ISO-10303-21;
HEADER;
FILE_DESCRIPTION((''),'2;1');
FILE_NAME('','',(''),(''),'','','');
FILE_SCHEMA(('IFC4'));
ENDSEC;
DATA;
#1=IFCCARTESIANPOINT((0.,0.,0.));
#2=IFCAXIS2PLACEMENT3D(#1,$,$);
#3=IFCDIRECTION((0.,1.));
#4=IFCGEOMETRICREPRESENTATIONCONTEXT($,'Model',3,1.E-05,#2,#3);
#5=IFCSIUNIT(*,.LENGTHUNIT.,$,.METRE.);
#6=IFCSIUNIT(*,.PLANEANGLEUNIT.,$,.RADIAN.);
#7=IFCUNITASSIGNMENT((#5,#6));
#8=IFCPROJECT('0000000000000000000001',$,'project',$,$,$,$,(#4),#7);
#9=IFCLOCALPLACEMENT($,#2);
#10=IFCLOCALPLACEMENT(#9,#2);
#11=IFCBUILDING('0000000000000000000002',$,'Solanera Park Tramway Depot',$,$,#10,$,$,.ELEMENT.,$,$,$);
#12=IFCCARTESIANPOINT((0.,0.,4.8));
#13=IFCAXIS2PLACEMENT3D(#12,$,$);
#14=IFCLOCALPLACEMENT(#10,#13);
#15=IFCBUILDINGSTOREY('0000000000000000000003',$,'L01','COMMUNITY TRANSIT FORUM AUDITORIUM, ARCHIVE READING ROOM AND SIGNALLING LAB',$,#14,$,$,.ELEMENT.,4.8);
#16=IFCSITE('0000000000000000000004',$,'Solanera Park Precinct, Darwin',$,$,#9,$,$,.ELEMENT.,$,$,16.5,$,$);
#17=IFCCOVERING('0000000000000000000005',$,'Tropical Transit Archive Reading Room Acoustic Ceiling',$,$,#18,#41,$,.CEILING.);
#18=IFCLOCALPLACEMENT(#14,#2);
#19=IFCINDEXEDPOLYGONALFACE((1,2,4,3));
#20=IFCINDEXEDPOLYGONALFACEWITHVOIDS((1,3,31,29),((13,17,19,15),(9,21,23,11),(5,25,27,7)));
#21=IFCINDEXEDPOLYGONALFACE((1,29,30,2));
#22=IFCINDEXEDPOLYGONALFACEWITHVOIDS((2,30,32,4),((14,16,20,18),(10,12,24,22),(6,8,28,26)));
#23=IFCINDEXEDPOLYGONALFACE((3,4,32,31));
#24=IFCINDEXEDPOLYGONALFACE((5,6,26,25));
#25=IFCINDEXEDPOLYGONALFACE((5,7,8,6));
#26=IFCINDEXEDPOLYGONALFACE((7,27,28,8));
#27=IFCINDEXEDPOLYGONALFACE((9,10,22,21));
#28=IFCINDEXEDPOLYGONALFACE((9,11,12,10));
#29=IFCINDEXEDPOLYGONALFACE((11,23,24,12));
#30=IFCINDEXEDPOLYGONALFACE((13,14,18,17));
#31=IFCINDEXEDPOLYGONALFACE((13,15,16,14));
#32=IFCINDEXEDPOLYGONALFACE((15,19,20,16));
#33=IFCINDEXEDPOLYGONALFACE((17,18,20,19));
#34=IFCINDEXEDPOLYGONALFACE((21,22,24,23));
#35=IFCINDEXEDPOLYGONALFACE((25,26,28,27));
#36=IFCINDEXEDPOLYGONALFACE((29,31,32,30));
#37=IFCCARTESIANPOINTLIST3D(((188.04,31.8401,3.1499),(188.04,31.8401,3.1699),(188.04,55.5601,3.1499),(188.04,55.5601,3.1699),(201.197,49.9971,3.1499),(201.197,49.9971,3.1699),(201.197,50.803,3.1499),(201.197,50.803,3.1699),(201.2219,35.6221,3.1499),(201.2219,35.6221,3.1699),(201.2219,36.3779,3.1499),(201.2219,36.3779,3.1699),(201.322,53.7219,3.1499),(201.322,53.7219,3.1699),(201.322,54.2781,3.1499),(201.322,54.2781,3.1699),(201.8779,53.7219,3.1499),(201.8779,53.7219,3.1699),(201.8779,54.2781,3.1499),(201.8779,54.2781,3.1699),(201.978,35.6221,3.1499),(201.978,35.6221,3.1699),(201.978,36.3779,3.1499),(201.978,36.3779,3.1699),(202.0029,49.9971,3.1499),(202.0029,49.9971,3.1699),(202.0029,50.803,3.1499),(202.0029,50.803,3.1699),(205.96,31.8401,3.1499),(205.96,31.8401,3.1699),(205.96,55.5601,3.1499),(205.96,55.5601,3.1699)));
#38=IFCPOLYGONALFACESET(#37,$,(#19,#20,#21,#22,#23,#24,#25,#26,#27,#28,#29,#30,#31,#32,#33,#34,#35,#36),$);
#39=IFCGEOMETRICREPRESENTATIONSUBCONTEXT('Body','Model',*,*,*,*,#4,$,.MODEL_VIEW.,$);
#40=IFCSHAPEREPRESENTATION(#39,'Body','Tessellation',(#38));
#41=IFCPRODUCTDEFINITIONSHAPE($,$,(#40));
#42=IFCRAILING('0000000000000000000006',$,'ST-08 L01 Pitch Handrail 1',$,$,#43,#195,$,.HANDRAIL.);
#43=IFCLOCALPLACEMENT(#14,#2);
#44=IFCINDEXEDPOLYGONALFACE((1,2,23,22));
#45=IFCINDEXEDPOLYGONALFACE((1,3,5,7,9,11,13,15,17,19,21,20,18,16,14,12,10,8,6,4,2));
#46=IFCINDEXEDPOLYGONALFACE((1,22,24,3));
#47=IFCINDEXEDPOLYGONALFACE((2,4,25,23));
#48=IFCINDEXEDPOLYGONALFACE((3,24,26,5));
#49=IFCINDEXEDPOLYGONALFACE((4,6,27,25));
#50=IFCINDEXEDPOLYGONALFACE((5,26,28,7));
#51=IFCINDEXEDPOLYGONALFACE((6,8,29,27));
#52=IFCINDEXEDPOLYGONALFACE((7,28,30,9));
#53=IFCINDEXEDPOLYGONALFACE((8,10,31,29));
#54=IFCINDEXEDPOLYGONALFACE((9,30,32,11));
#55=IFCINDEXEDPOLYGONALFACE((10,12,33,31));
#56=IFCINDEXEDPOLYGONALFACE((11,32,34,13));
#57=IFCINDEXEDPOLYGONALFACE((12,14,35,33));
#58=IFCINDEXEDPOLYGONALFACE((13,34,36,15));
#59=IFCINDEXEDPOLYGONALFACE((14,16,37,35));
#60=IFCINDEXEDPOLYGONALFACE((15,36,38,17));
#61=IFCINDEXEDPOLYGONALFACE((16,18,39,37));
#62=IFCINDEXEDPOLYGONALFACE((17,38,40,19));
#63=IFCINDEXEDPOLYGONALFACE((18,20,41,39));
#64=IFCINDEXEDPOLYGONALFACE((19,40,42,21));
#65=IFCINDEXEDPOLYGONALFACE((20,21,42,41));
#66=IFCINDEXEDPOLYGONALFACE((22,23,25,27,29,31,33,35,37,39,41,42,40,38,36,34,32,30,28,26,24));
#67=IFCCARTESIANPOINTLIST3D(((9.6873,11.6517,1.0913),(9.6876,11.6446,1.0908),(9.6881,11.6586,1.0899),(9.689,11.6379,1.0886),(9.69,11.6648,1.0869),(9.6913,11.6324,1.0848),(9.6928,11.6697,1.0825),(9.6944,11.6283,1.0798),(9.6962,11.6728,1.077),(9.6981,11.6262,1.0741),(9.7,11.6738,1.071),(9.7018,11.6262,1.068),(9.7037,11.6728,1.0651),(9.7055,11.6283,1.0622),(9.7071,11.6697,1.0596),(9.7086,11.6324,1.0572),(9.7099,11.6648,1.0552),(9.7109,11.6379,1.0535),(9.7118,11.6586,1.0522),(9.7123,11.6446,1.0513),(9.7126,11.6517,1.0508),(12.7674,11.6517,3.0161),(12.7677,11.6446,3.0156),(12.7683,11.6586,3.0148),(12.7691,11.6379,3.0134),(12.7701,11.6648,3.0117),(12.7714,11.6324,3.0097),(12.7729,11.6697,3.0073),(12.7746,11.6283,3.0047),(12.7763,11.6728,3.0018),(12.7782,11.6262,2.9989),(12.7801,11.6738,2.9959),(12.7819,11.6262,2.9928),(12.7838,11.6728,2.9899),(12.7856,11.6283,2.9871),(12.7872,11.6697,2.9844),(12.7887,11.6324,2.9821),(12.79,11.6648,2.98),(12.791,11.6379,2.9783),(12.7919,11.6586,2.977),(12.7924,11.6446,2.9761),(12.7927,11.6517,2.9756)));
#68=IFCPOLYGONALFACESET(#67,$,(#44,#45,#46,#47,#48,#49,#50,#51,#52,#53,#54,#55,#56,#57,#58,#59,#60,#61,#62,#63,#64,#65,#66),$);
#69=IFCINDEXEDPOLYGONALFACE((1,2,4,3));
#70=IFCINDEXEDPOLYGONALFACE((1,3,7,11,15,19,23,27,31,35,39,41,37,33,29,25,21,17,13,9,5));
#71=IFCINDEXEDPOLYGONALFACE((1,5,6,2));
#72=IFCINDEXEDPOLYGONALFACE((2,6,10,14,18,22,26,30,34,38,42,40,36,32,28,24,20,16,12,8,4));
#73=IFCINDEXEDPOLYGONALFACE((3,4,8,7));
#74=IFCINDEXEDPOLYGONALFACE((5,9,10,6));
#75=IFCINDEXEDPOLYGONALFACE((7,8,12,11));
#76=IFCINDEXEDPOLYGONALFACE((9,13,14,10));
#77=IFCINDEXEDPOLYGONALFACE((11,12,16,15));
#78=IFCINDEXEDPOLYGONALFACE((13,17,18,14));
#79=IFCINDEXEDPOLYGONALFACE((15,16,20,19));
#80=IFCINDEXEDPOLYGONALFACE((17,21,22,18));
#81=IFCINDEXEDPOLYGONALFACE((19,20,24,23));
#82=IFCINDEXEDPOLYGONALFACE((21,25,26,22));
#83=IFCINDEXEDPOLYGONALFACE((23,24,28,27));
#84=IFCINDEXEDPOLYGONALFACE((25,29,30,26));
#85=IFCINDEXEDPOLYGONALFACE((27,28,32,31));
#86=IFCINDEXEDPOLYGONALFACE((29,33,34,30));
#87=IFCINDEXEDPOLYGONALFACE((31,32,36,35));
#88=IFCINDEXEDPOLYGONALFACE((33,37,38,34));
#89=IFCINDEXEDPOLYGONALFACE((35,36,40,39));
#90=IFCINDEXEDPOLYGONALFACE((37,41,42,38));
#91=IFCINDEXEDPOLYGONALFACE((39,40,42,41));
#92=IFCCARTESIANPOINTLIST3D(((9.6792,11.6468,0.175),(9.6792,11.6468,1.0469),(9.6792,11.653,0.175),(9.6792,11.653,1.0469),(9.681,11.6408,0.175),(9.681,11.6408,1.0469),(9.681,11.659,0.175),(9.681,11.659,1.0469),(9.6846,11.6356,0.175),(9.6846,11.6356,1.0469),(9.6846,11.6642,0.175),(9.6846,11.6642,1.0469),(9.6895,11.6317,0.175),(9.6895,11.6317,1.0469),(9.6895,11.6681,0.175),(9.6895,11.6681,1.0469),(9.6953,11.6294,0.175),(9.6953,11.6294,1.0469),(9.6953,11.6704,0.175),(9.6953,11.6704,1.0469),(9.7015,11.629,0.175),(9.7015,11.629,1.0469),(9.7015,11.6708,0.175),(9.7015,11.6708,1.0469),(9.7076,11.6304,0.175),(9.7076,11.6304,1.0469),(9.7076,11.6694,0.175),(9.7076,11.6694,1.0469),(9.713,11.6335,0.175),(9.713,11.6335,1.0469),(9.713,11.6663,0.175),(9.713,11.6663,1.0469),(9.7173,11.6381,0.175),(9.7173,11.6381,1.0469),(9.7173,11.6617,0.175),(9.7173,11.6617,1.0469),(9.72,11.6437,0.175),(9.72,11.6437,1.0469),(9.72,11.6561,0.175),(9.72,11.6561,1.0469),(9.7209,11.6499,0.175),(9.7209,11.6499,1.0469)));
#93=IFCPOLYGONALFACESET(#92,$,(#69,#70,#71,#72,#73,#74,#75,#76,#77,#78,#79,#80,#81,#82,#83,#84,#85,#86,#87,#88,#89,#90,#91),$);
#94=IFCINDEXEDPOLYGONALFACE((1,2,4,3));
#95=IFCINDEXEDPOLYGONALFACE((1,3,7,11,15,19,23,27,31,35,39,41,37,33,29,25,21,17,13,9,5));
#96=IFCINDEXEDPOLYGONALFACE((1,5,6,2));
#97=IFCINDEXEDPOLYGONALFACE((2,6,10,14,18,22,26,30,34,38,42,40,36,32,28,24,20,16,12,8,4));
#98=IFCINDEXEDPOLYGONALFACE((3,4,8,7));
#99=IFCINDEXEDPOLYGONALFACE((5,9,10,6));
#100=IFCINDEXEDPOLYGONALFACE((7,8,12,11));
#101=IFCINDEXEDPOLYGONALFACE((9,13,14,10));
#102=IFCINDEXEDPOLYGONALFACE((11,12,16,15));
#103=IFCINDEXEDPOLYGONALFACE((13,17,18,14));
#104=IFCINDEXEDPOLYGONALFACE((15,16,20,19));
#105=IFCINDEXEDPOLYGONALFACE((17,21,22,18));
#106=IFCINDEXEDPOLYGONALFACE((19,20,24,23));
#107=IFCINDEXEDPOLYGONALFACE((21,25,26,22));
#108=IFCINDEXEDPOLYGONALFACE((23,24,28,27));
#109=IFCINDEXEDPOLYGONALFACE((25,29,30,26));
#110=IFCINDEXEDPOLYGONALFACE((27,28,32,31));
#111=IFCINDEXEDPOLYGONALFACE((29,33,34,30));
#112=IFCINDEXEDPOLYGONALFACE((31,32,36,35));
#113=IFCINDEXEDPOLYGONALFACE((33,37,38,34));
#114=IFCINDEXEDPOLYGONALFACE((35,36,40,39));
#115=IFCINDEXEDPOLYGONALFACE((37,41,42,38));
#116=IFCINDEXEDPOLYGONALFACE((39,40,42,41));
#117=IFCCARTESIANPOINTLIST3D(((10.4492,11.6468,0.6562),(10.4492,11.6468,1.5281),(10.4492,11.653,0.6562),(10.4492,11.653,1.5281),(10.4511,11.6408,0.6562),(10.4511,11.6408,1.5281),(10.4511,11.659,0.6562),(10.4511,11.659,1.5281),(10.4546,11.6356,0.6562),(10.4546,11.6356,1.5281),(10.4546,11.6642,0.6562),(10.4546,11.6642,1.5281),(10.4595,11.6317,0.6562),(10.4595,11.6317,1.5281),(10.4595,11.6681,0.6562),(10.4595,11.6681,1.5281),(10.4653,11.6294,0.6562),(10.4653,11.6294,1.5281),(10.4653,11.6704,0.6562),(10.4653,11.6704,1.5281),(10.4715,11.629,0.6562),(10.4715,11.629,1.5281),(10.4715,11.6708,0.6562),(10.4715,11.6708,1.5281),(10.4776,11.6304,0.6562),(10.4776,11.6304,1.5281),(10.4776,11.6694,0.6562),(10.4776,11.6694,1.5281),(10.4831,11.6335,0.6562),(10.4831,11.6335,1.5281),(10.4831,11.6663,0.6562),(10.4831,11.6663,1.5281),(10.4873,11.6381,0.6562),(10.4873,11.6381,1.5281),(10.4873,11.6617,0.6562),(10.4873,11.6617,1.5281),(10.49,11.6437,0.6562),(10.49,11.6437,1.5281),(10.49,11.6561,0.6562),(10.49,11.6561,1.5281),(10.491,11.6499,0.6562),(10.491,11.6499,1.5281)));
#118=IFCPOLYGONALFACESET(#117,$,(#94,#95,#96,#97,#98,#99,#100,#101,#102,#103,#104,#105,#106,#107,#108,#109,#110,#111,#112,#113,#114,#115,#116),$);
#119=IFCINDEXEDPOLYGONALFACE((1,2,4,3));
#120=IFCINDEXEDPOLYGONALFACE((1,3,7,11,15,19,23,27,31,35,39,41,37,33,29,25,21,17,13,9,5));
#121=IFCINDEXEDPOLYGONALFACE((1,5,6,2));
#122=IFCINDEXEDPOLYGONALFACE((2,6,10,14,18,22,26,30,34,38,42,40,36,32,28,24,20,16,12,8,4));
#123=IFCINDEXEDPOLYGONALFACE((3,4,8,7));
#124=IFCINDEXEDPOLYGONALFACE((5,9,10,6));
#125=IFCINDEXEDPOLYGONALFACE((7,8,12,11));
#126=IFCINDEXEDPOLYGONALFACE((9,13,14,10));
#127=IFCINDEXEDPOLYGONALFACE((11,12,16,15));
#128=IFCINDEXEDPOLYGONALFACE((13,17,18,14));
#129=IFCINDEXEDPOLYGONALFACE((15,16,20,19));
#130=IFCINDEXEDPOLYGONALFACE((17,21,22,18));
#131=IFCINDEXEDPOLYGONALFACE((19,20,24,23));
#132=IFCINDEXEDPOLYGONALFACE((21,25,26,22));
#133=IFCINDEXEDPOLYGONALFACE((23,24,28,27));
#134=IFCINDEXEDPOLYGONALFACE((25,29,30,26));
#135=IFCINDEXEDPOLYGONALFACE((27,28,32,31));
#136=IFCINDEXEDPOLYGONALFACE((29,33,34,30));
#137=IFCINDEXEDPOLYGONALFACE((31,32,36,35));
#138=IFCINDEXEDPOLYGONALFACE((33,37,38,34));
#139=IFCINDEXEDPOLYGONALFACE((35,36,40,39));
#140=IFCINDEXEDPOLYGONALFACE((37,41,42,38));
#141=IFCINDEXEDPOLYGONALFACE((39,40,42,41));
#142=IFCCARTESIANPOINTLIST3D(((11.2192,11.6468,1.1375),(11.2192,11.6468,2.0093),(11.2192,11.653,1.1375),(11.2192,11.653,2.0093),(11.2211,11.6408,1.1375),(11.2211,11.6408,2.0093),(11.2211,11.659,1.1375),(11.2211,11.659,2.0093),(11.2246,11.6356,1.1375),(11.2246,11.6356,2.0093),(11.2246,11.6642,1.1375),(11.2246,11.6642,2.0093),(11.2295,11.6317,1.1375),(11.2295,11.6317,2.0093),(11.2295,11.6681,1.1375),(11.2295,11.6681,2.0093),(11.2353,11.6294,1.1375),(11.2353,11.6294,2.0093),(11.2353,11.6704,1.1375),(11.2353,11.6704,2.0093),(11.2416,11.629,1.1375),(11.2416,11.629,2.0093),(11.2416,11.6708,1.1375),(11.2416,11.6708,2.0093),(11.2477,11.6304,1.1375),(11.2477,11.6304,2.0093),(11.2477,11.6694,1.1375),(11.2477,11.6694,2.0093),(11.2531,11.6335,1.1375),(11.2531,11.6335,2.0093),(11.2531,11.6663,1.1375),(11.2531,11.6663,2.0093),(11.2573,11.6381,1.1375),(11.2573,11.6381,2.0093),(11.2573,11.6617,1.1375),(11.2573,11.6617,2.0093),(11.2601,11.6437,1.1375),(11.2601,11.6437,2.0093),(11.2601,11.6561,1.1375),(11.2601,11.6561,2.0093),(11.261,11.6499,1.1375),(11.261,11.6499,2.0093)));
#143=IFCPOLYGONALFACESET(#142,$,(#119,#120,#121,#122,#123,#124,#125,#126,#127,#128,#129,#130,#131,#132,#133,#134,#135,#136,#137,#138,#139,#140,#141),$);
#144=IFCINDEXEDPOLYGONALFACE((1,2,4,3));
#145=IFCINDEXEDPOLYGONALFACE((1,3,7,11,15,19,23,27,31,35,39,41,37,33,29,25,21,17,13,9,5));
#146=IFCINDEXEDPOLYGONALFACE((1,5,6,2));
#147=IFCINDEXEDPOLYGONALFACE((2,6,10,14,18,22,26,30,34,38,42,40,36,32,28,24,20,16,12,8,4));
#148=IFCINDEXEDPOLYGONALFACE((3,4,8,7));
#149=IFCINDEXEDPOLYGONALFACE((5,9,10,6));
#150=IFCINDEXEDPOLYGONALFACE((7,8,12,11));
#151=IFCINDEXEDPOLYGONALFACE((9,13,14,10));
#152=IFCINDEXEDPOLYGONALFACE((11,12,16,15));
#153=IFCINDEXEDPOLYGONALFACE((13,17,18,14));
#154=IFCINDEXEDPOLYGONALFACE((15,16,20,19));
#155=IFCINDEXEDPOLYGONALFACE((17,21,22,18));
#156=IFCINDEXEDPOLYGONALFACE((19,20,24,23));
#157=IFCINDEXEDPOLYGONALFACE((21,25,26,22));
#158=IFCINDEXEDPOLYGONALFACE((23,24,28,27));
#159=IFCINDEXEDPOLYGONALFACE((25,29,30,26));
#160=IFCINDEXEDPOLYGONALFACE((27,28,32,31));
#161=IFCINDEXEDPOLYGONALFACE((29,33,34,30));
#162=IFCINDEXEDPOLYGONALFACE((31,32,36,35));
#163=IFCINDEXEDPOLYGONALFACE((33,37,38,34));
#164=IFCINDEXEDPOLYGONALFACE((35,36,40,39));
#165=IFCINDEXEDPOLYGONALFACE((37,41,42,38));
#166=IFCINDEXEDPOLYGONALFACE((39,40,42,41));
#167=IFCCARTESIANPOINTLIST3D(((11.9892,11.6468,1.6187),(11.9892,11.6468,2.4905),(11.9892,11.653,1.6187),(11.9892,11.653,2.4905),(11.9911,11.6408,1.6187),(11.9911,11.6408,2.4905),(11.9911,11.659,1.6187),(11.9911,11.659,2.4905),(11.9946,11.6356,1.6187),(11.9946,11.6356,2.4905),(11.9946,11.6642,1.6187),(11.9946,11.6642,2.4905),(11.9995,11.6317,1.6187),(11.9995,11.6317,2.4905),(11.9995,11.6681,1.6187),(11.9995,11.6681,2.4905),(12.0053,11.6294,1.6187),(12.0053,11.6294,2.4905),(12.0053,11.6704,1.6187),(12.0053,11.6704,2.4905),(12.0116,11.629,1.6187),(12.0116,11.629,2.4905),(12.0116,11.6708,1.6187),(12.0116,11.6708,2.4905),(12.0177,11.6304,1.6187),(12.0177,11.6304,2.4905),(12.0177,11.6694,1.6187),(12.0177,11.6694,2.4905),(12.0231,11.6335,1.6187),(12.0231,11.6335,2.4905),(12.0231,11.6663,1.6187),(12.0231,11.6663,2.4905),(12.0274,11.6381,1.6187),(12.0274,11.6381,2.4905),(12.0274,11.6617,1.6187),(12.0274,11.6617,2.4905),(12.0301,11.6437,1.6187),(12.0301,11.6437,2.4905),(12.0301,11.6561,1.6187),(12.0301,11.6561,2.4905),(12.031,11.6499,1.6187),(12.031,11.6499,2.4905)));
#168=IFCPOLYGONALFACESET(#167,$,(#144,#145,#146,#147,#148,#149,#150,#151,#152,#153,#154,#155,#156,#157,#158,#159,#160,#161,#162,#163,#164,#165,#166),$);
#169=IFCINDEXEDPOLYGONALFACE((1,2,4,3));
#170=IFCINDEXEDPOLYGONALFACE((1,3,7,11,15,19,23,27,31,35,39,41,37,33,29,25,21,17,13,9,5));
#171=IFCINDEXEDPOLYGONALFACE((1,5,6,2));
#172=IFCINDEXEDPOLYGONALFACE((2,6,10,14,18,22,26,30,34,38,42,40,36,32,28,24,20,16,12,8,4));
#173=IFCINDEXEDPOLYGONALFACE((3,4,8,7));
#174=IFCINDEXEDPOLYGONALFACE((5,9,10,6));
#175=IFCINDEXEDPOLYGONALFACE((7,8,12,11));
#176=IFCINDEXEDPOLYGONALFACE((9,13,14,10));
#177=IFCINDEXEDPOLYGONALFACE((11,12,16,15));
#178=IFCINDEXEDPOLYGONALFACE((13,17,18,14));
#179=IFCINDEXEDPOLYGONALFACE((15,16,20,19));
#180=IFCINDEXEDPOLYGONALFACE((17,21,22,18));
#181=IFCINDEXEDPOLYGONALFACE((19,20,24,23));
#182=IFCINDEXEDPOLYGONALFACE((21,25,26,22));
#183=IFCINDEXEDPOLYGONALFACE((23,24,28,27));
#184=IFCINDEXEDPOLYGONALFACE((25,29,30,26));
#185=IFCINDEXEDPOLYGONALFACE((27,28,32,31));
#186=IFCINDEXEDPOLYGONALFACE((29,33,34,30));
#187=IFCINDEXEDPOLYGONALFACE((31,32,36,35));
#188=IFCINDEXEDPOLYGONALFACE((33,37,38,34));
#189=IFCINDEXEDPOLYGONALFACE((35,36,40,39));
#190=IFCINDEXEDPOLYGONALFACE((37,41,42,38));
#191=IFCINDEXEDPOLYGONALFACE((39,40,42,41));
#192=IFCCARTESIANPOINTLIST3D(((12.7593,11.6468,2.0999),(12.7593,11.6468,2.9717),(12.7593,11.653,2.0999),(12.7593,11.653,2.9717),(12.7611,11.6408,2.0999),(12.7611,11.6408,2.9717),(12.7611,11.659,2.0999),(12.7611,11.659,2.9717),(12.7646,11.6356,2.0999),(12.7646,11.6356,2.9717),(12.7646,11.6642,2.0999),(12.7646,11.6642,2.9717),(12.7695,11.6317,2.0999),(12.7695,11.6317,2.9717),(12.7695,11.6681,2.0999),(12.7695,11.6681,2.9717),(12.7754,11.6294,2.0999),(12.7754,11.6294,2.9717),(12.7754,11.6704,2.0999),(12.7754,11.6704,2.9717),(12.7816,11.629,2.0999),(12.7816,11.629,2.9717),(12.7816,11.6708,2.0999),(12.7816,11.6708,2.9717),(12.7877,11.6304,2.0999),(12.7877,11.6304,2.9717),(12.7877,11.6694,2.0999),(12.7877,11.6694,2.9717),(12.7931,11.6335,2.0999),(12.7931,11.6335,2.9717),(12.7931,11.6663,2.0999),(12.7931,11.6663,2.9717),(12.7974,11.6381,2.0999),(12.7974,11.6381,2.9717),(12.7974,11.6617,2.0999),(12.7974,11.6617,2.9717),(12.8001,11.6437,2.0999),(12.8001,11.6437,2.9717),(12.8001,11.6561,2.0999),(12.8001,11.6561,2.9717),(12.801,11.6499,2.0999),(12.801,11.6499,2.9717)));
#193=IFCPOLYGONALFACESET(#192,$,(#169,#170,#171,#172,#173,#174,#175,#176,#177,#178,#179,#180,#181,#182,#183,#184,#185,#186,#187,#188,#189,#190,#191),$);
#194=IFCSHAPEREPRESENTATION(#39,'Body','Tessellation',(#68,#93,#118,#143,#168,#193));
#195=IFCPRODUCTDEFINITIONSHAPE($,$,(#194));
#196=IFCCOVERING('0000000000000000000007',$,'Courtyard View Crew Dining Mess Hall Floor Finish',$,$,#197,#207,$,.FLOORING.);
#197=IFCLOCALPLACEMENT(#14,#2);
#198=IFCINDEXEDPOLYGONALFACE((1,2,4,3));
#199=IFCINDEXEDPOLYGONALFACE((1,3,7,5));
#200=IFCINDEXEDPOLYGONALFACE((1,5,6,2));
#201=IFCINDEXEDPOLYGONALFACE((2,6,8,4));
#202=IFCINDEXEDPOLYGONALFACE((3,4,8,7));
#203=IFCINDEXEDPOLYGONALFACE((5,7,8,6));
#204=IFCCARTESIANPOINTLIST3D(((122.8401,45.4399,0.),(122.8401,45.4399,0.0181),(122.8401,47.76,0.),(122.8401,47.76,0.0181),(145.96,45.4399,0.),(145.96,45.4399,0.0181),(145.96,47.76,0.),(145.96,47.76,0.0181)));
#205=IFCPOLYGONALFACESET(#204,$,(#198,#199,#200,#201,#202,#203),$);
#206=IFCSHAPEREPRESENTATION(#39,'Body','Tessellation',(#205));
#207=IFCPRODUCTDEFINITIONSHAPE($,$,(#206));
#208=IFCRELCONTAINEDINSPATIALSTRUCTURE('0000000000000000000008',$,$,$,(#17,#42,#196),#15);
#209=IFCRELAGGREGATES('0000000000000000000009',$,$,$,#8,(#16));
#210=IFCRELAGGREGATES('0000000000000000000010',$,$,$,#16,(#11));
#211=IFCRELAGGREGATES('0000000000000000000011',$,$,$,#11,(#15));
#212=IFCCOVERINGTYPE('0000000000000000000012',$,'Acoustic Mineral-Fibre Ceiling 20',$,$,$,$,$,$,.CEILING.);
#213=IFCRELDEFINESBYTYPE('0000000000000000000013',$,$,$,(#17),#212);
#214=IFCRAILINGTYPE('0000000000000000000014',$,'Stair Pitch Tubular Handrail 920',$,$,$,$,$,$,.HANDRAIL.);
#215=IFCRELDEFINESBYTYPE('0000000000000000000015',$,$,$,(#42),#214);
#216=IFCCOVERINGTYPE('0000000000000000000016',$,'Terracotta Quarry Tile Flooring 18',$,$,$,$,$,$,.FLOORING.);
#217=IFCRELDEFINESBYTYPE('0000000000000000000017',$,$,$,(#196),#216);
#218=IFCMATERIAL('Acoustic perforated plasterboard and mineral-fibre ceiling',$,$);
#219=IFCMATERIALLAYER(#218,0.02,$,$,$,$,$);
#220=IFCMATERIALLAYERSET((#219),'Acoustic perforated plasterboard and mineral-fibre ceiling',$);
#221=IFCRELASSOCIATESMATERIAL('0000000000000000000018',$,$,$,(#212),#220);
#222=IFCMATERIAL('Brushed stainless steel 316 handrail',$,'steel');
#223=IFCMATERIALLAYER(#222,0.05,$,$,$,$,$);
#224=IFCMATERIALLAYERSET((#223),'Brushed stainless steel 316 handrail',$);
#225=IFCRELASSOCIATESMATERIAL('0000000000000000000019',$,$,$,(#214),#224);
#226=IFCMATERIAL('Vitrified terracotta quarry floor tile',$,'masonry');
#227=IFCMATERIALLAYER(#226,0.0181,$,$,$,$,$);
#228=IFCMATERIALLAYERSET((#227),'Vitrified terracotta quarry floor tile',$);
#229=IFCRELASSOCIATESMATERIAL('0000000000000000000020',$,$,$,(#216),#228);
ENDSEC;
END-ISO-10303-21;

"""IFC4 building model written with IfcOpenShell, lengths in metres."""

from ifc_helpers import new_model, si_unit, direction, frame, origin, origin_2d, place, context, subcontext, project, spatial, polyline, circle, outline, extrude, material, layer, layer_set, type_object, element, save


model = new_model("IFC4")

# Units and contexts
model_context = context("Model", 3, precision=1e-05, world=origin(), true_north=direction((0.0, 1.0)))
body_context = subcontext(model_context, "Body", "Model", "MODEL_VIEW")
ifc_project = project(units=[si_unit("LENGTHUNIT", "METRE"), si_unit("PLANEANGLEUNIT", "RADIAN")], contexts=[model_context])

# Site, building, storey
site_placement = place(None, origin())
site = spatial("IfcSite", under=ifc_project, at=site_placement, Name="Solanera Park Precinct, Darwin", CompositionType="ELEMENT", RefElevation=16.5)
building_placement = place(site_placement, origin())
building = spatial("IfcBuilding", under=site, at=building_placement, Name="Solanera Park Tramway Depot", CompositionType="ELEMENT")
storey_placement = place(building_placement, frame((0.0, 0.0, 4.8)))
storey = spatial("IfcBuildingStorey", under=building, at=storey_placement, Name="L01", Description="COMMUNITY TRANSIT FORUM AUDITORIUM, ARCHIVE READING ROOM AND SIGNALLING LAB", CompositionType="ELEMENT", Elevation=4.8)

# Covering
ifc_material_1 = material(Name="Acoustic perforated plasterboard and mineral-fibre ceiling")
ifc_layer_1 = layer(ifc_material_1, 0.02)
ifc_layer_set_1 = layer_set([ifc_layer_1], Name="Acoustic perforated plasterboard and mineral-fibre ceiling")
covering_type_1 = type_object("IfcCoveringType", Name="Acoustic Mineral-Fibre Ceiling 20", PredefinedType="CEILING", material=ifc_layer_set_1)
covering_1_placement = place(storey_placement, frame((0.0, 0.0, 3.1499)))
element("IfcCovering", 1, at=covering_1_placement, inside=storey, type_object=covering_type_1, Name="Tropical Transit Archive Reading Room Acoustic Ceiling", PredefinedType="CEILING", context=body_context, shape_type="SweptSolid", body=[
    extrude(outline(polyline([(205.96, 55.5601), (205.96, 31.8401), (188.04, 31.8401), (188.04, 55.5601), (205.96, 55.5601)]), holes=[polyline([(201.2219, 36.3779), (201.2219, 35.6221), (201.978, 35.6221), (201.978, 36.3779), (201.2219, 36.3779)]), polyline([(202.0029, 50.803), (201.197, 50.803), (201.197, 49.9971), (202.0029, 49.9971), (202.0029, 50.803)]), polyline([(201.8779, 53.7219), (201.8779, 54.2781), (201.322, 54.2781), (201.322, 53.7219), (201.8779, 53.7219)])]), origin(), (0.0, 0.0, 1.0), 0.02),
])

# Railing
ifc_material_2 = material(Name="Brushed stainless steel 316 handrail", Category="steel")
ifc_layer_2 = layer(ifc_material_2, 0.05)
ifc_layer_set_2 = layer_set([ifc_layer_2], Name="Brushed stainless steel 316 handrail")
railing_type = type_object("IfcRailingType", Name="Stair Pitch Tubular Handrail 920", PredefinedType="HANDRAIL", material=ifc_layer_set_2)
railing_placement = place(storey_placement, frame((9.7, 11.6499, 0.175)))
element("IfcRailing", 2, at=railing_placement, inside=storey, type_object=railing_type, Name="ST-08 L01 Pitch Handrail 1", PredefinedType="HANDRAIL", context=body_context, shape_type="SweptSolid", body=[
    extrude(circle(Radius=0.0239, at=origin_2d()), frame((0.0, 0.0, 0.896), z_axis=(0.848029, 0.0, 0.529951), x_axis=(0.0, 1.0, 0.0)), (0.0, 0.0, 1.0), 3.6321),
    extrude(circle(Radius=0.021, at=origin_2d()), origin(), (0.0, 0.0, 1.0), 0.8718),
    extrude(circle(Radius=0.021, at=origin_2d()), frame((0.77, 0.0, 0.4812)), (0.0, 0.0, 1.0), 0.8718),
    extrude(circle(Radius=0.021, at=origin_2d()), frame((1.54, 0.0, 0.9624)), (0.0, 0.0, 1.0), 0.8718),
    extrude(circle(Radius=0.021, at=origin_2d()), frame((2.3101, 0.0, 1.4436)), (0.0, 0.0, 1.0), 0.8718),
    extrude(circle(Radius=0.021, at=origin_2d()), frame((3.0801, 0.0, 1.9248)), (0.0, 0.0, 1.0), 0.8718),
])

# Covering
ifc_material_3 = material(Name="Vitrified terracotta quarry floor tile", Category="masonry")
ifc_layer_3 = layer(ifc_material_3, 0.0181)
ifc_layer_set_3 = layer_set([ifc_layer_3], Name="Vitrified terracotta quarry floor tile")
covering_type_2 = type_object("IfcCoveringType", Name="Terracotta Quarry Tile Flooring 18", PredefinedType="FLOORING", material=ifc_layer_set_3)
covering_2_placement = place(storey_placement, origin())
element("IfcCovering", 3, at=covering_2_placement, inside=storey, type_object=covering_type_2, Name="Courtyard View Crew Dining Mess Hall Floor Finish", PredefinedType="FLOORING", context=body_context, shape_type="SweptSolid", body=[
    extrude(outline(polyline([(145.96, 45.4399), (122.8401, 45.4399), (122.8401, 47.76), (145.96, 47.76), (145.96, 45.4399)])), origin(), (0.0, 0.0, 1.0), 0.0181),
])

save(model, "model.ifc")
